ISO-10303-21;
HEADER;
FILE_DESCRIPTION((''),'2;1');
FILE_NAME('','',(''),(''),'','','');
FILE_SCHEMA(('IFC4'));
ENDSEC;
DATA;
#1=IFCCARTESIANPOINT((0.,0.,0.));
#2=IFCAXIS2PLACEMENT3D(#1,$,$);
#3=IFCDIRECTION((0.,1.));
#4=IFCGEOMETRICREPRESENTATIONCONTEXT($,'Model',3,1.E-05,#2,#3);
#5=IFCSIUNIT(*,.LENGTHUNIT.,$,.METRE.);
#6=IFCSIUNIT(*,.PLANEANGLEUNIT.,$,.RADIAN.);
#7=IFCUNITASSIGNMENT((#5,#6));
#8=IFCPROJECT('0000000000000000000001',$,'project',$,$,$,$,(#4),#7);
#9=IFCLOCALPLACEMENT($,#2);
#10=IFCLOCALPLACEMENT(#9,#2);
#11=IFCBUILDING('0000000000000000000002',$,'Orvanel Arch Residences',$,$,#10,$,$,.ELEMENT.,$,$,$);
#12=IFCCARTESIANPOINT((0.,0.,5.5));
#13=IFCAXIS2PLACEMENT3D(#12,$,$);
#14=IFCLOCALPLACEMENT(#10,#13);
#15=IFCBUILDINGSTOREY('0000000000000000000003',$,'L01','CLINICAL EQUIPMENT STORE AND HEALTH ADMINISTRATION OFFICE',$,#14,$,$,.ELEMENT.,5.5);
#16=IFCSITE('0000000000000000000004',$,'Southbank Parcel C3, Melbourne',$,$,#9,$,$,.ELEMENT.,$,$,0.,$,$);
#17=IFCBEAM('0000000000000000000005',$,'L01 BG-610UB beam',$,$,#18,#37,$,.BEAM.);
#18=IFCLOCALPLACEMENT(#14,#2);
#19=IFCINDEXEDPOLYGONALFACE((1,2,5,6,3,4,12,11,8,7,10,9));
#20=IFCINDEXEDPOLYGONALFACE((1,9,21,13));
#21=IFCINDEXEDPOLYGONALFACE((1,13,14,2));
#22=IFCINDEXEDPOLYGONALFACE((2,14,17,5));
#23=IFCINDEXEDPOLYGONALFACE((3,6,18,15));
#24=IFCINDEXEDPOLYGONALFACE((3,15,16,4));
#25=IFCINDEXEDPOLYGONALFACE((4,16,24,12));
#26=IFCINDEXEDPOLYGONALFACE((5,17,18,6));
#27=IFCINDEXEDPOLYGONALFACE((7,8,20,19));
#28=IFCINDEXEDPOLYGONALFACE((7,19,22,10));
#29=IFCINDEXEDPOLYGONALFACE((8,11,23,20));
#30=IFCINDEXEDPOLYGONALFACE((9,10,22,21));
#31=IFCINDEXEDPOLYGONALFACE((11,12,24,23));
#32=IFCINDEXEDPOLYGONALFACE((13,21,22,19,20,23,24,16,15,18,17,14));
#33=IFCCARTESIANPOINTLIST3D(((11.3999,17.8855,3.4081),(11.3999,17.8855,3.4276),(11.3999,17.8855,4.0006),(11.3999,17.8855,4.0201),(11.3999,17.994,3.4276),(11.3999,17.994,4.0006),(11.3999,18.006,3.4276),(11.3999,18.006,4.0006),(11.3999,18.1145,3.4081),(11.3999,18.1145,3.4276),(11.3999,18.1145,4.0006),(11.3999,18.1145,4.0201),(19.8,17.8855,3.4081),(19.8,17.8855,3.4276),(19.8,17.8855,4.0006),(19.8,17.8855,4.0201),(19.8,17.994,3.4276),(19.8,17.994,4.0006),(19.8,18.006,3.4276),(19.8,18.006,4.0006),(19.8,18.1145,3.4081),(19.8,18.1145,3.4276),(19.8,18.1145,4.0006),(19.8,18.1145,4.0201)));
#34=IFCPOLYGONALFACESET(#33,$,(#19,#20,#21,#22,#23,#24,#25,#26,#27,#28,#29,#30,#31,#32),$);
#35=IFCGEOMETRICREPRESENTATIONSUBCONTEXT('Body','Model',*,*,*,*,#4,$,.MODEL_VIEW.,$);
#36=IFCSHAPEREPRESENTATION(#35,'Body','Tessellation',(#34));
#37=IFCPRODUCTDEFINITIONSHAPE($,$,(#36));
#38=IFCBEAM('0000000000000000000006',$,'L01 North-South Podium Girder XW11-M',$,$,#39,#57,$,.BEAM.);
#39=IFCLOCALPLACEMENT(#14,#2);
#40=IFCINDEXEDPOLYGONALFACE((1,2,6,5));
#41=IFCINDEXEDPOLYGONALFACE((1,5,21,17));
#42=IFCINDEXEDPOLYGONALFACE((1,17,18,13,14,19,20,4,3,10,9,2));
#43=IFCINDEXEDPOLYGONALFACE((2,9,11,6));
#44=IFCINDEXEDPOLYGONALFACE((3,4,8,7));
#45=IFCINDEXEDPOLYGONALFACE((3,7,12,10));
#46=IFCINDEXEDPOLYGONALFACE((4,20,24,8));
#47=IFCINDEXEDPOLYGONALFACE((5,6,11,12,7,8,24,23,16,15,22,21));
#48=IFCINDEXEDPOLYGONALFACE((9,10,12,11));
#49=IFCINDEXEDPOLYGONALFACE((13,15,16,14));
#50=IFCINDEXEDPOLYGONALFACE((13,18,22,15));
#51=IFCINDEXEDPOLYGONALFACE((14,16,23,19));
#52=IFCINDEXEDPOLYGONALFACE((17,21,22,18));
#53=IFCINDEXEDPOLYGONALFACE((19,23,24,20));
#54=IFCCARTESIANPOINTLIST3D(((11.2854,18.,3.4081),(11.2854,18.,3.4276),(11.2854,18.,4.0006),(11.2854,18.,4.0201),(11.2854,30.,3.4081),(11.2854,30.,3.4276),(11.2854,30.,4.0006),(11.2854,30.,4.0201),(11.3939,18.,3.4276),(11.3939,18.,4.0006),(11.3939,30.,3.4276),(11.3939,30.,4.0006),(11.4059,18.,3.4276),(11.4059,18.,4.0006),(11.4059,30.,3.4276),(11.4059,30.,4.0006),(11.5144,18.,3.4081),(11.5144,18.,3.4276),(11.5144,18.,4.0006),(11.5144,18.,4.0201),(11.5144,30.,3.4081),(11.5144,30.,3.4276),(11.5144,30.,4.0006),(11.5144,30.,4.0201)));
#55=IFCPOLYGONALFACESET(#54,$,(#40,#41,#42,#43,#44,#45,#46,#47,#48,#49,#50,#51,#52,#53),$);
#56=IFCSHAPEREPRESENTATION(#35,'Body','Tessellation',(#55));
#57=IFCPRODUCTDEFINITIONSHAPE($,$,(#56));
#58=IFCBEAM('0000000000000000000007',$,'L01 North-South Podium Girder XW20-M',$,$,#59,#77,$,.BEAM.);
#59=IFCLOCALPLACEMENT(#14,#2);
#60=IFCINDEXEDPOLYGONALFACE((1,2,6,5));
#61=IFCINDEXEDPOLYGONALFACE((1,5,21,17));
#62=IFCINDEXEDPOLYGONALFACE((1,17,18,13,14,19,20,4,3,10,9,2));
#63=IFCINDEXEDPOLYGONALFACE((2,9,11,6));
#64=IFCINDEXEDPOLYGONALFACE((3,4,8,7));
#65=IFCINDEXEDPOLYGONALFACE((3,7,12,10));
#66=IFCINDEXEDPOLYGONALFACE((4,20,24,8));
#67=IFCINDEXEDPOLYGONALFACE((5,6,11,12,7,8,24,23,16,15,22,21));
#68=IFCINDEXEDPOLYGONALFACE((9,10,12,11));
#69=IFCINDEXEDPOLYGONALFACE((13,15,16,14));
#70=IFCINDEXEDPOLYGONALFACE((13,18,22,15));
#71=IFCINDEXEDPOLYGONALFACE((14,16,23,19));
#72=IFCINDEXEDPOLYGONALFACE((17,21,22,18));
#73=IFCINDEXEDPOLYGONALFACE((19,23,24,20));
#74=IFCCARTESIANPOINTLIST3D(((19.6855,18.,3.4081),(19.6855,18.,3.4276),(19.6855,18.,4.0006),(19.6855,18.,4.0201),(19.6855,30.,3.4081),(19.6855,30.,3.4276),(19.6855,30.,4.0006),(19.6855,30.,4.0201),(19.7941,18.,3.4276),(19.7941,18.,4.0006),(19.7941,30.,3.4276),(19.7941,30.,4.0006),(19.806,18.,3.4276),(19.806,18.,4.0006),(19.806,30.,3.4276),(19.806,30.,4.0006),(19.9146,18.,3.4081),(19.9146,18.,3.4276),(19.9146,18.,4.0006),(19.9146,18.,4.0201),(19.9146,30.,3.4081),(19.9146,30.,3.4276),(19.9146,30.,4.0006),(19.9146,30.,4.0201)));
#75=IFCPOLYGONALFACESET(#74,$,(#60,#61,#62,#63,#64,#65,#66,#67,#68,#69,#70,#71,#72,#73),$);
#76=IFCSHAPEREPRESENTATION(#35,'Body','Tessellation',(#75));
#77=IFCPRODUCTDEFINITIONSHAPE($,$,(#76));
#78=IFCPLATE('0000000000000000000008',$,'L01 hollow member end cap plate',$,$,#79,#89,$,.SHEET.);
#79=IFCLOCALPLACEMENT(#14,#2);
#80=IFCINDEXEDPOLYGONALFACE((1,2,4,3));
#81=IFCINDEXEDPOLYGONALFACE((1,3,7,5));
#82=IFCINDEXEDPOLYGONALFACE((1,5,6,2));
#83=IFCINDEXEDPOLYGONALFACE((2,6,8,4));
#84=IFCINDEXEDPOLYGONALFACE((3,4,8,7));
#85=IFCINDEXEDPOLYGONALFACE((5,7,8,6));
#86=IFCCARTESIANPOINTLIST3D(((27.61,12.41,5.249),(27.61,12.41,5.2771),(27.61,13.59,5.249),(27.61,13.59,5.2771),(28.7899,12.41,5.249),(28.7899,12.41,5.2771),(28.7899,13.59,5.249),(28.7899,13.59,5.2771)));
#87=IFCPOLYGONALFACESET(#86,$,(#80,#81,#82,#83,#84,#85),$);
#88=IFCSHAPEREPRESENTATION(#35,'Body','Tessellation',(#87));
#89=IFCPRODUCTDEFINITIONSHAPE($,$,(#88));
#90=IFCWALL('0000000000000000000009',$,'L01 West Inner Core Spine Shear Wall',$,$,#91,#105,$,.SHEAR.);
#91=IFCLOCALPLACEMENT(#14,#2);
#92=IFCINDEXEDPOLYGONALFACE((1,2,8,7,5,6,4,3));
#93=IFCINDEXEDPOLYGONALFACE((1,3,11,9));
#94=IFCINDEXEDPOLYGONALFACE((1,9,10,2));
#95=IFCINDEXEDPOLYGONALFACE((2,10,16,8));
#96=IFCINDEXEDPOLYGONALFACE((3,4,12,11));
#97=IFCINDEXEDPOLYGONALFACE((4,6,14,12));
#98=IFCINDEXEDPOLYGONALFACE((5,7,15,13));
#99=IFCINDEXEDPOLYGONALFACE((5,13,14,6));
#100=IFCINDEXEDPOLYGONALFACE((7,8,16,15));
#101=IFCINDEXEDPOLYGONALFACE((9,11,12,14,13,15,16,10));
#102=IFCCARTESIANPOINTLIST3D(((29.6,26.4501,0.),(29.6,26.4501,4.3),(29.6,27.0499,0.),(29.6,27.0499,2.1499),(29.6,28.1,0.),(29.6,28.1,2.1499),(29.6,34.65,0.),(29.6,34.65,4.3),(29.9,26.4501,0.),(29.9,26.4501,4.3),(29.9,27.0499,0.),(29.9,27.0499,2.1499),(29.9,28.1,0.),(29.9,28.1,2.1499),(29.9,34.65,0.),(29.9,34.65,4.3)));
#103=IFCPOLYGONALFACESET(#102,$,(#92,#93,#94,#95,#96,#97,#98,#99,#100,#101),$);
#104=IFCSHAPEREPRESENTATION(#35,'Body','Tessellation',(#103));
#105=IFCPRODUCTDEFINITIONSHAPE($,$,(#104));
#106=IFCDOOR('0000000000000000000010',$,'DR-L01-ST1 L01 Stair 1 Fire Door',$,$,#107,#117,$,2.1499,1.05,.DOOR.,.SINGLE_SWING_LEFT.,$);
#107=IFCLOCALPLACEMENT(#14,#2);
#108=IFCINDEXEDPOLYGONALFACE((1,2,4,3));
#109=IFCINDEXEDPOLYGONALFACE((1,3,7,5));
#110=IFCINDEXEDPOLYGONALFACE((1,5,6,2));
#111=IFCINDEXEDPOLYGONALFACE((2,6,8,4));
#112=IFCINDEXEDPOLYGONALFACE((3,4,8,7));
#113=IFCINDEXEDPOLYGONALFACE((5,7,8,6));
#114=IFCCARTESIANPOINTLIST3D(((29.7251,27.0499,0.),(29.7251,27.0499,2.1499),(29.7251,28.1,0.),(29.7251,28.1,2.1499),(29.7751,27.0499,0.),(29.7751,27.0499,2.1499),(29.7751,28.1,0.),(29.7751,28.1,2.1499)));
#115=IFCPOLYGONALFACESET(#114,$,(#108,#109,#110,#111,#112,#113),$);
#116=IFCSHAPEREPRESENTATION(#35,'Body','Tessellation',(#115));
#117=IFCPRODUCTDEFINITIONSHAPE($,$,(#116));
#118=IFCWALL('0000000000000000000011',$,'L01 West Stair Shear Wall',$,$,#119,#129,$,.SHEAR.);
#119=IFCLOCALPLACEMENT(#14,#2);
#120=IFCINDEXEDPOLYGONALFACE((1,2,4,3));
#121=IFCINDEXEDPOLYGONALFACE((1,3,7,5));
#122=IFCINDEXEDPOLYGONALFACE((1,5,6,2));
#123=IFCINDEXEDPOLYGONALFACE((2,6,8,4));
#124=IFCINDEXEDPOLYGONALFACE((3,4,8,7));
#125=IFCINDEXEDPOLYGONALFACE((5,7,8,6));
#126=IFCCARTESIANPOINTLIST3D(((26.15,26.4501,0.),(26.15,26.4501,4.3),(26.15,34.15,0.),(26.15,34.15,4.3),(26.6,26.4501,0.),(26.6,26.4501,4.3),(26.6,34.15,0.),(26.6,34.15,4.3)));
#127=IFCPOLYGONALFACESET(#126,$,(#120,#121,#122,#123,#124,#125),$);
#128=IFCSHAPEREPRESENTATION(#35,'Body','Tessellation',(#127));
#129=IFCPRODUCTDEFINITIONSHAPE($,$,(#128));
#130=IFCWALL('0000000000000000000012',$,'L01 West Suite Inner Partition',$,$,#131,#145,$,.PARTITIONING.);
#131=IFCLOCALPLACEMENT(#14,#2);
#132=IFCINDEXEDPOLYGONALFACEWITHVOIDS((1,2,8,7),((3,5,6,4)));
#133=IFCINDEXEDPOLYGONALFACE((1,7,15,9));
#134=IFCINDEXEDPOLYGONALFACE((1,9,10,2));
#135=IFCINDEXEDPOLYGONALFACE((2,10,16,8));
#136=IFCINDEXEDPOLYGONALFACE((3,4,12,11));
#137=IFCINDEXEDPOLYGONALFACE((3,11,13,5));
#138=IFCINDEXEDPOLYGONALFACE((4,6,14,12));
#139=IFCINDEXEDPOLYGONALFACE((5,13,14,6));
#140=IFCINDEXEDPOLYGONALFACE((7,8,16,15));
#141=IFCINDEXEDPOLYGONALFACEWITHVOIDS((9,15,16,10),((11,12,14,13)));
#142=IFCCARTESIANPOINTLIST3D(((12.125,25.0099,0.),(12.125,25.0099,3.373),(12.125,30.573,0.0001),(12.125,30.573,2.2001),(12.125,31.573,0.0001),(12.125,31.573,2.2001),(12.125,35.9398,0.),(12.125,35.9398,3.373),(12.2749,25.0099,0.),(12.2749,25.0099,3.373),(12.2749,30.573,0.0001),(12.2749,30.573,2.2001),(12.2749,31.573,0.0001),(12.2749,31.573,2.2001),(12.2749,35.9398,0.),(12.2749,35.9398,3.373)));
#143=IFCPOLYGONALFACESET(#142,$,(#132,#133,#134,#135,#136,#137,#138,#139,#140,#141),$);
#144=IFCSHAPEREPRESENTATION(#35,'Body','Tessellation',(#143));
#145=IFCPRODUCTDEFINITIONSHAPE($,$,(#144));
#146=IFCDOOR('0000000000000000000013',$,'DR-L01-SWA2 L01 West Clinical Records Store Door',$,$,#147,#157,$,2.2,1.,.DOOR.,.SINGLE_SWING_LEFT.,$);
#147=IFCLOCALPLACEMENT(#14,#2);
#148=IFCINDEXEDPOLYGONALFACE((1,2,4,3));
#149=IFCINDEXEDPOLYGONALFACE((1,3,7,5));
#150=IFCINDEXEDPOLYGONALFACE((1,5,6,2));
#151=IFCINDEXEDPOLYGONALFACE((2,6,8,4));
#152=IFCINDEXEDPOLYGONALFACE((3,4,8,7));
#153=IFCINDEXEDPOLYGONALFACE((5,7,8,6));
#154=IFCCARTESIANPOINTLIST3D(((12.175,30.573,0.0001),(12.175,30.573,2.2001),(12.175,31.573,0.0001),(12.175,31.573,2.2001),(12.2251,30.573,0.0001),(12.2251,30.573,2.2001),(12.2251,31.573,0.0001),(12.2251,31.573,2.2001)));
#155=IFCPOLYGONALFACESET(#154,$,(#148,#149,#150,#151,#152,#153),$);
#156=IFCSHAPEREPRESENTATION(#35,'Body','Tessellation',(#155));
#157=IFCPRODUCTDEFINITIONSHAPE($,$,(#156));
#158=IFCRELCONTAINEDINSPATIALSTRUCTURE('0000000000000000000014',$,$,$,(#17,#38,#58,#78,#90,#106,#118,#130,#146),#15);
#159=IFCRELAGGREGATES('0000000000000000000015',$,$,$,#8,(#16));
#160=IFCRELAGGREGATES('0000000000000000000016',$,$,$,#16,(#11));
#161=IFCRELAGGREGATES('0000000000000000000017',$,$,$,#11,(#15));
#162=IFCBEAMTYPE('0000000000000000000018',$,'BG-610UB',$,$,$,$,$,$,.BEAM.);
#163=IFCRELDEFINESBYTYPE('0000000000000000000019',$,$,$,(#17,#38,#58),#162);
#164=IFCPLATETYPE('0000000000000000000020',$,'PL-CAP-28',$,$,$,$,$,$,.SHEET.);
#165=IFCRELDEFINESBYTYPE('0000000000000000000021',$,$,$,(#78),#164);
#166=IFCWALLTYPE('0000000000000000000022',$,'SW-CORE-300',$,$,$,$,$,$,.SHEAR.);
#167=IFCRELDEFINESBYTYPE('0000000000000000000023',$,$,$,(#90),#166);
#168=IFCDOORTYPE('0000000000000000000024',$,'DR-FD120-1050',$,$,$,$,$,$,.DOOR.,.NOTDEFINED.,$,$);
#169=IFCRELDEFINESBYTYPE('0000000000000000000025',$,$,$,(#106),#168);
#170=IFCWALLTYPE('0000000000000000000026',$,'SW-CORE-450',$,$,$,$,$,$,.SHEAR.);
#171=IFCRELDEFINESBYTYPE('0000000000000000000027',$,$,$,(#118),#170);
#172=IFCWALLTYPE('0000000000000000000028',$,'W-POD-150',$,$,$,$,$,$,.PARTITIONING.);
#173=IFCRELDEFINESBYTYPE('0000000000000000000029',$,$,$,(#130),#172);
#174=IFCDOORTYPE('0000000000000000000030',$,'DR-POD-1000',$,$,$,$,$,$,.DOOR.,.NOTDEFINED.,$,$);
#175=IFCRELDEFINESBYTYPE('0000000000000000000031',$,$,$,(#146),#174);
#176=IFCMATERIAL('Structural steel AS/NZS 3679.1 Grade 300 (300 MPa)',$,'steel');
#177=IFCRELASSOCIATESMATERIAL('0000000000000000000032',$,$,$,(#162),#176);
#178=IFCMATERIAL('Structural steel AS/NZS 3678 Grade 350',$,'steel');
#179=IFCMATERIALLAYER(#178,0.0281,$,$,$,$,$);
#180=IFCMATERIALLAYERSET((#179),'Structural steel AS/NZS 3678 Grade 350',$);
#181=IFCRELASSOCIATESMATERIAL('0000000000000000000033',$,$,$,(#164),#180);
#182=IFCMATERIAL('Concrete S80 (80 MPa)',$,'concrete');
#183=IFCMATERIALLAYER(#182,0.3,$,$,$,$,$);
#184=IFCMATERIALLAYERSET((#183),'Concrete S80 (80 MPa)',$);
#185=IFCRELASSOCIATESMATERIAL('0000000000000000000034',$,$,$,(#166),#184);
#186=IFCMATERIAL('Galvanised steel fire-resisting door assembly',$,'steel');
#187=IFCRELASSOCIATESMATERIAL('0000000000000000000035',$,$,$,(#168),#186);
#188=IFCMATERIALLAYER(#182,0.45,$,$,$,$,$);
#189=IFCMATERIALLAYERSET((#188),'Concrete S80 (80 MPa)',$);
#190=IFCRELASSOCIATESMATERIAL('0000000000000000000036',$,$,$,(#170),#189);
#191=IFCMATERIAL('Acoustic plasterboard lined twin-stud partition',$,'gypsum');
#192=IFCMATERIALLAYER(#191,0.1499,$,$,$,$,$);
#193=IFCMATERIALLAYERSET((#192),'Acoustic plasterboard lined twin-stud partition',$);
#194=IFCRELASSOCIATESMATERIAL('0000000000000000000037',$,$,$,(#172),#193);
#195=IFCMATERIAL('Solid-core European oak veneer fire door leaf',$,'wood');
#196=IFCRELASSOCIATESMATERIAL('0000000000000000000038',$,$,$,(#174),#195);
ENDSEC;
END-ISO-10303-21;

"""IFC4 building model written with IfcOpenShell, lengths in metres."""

from ifc_helpers import new_model, si_unit, direction, frame, frame_2d, origin, origin_2d, place, context, subcontext, project, spatial, rectangle, i_section, extrude, material, layer, layer_set, material_profile, profile_set, type_object, element, fill, save


model = new_model("IFC4")

# Units and contexts
model_context = context("Model", 3, precision=1e-05, world=origin(), true_north=direction((0.0, 1.0)))
body_context = subcontext(model_context, "Body", "Model", "MODEL_VIEW")
ifc_project = project(units=[si_unit("LENGTHUNIT", "METRE"), si_unit("PLANEANGLEUNIT", "RADIAN")], contexts=[model_context])

# Site, building, storey
site_placement = place(None, origin())
site = spatial("IfcSite", under=ifc_project, at=site_placement, Name="Southbank Parcel C3, Melbourne", CompositionType="ELEMENT", RefElevation=0.0)
building_placement = place(site_placement, origin())
building = spatial("IfcBuilding", under=site, at=building_placement, Name="Orvanel Arch Residences", CompositionType="ELEMENT")
storey_placement = place(building_placement, frame((0.0, 0.0, 5.5)))
storey = spatial("IfcBuildingStorey", under=building, at=storey_placement, Name="L01", Description="CLINICAL EQUIPMENT STORE AND HEALTH ADMINISTRATION OFFICE", CompositionType="ELEMENT", Elevation=5.5)

# Shared definitions
ifc_material_1 = material(Name="Structural steel AS/NZS 3679.1 Grade 300 (300 MPa)", Category="steel")
ifc_material_2 = material(Name="Structural steel AS/NZS 3678 Grade 350", Category="steel")

# Beams
ifc_material_profile_1 = material_profile(ifc_material_1, i_section(OverallWidth=0.229, OverallDepth=0.6121, WebThickness=0.012, FlangeThickness=0.0195, at=origin_2d()), Name="610UB125")
ifc_profile_set_1 = profile_set([ifc_material_profile_1], Name="Structural steel AS/NZS 3679.1 Grade 300 (300 MPa)")
beam_type = type_object("IfcBeamType", Name="BG-610UB", PredefinedType="BEAM", material=ifc_profile_set_1)
beam_placement = place(storey_placement, frame((11.3999, 18.0, 3.7141), z_axis=(1.0, 0.0, 0.0), x_axis=(0.0, 1.0, 0.0)))
element("IfcBeam", 1, at=beam_placement, inside=storey, type_object=beam_type, Name="L01 BG-610UB beam", PredefinedType="BEAM", context=body_context, shape_type="SweptSolid", body=[
    extrude(i_section(OverallWidth=0.229, OverallDepth=0.6121, WebThickness=0.012, FlangeThickness=0.0195, at=origin_2d()), origin(), (0.0, 0.0, 1.0), 8.4001),
])
for number, where, z_axis, x_axis, name in (
    (2, (11.3999, 18.0, 3.7141), (0.0, 1.0, 0.0), (-1.0, 0.0, 0.0), "L01 North-South Podium Girder XW11-M"),
    (3, (19.8, 18.0, 3.7141), (0.0, 1.0, 0.0), (-1.0, 0.0, 0.0), "L01 North-South Podium Girder XW20-M"),
):
    element("IfcBeam", number, at=place(storey_placement, frame(where, z_axis=z_axis, x_axis=x_axis)), inside=storey, type_object=beam_type, Name=name, PredefinedType="BEAM", context=body_context, shape_type="SweptSolid", body=[
        extrude(i_section(OverallWidth=0.229, OverallDepth=0.6121, WebThickness=0.012, FlangeThickness=0.0195, at=origin_2d()), origin(), (0.0, 0.0, 1.0), 12.0),
    ])

# Plate
ifc_layer_1 = layer(ifc_material_2, 0.0281)
ifc_layer_set_1 = layer_set([ifc_layer_1], Name="Structural steel AS/NZS 3678 Grade 350")
plate_type = type_object("IfcPlateType", Name="PL-CAP-28", PredefinedType="SHEET", material=ifc_layer_set_1)
plate_placement = place(storey_placement, frame((28.2, 13.0, 5.249), z_axis=(0.0, 0.0, 1.0), x_axis=(1.0, 0.0, 0.0)))
element("IfcPlate", 4, at=plate_placement, inside=storey, type_object=plate_type, Name="L01 hollow member end cap plate", PredefinedType="SHEET", context=body_context, shape_type="SweptSolid", body=[
    extrude(rectangle(XDim=1.1799, YDim=1.1799, at=origin_2d()), origin(), (0.0, 0.0, 1.0), 0.0281),
])

# Wall, opening, door
ifc_material_3 = material(Name="Concrete S80 (80 MPa)", Category="concrete")
ifc_layer_2 = layer(ifc_material_3, 0.3)
ifc_layer_set_2 = layer_set([ifc_layer_2], Name="Concrete S80 (80 MPa)")
wall_type_1 = type_object("IfcWallType", Name="SW-CORE-300", PredefinedType="SHEAR", material=ifc_layer_set_2)
wall_1_placement = place(storey_placement, frame((29.75, 26.45, 0.0), z_axis=(0.0, 0.0, 1.0), x_axis=(0.0, 1.0, 0.0)))
wall_1 = element("IfcWall", 5, at=wall_1_placement, inside=storey, type_object=wall_type_1, Name="L01 West Inner Core Spine Shear Wall", PredefinedType="SHEAR", context=body_context, shape_type="SweptSolid", body=[
    extrude(rectangle(XDim=8.2, YDim=0.3, at=frame_2d((4.1001, 0.0))), origin(), (0.0, 0.0, 1.0), 4.3),
])
opening_1_placement = place(wall_1_placement, frame((0.6001, 0.0, 0.0)))
opening_1 = element("IfcOpeningElement", 6, at=opening_1_placement, cuts=wall_1, PredefinedType="OPENING", context=body_context, shape_type="SweptSolid", body=[
    extrude(rectangle(XDim=1.05, YDim=2.1499, at=frame_2d((0.5249, 1.075))), frame((0.0, 0.1599, 0.0), z_axis=(0.0, -1.0, 0.0), x_axis=(1.0, 0.0, 0.0)), (0.0, 0.0, 1.0), 0.3201),
])
ifc_material_4 = material(Name="Galvanised steel fire-resisting door assembly", Category="steel")
door_type_1 = type_object("IfcDoorType", Name="DR-FD120-1050", OperationType="NOTDEFINED", PredefinedType="DOOR", material=ifc_material_4)
door_1_placement = place(opening_1_placement, origin())
door_1 = element("IfcDoor", 7, at=door_1_placement, inside=storey, type_object=door_type_1, Name="DR-L01-ST1 L01 Stair 1 Fire Door", OperationType="SINGLE_SWING_LEFT", OverallHeight=2.1499, OverallWidth=1.05, PredefinedType="DOOR", context=body_context, shape_type="SweptSolid", body=[
    extrude(rectangle(XDim=1.05, YDim=2.1499, at=frame_2d((0.5249, 1.075))), frame((0.0, 0.0249, 0.0), z_axis=(0.0, -1.0, 0.0), x_axis=(1.0, 0.0, 0.0)), (0.0, 0.0, 1.0), 0.05),
])
fill(opening_1, door_1)

# Shared definitions
ifc_layer_3 = layer(ifc_material_3, 0.45)
ifc_layer_set_3 = layer_set([ifc_layer_3], Name="Concrete S80 (80 MPa)")
wall_type_2 = type_object("IfcWallType", Name="SW-CORE-450", PredefinedType="SHEAR", material=ifc_layer_set_3)

# Wall
wall_2_placement = place(storey_placement, frame((26.375, 26.45, 0.0), z_axis=(0.0, 0.0, 1.0), x_axis=(0.0, 1.0, 0.0)))
element("IfcWall", 8, at=wall_2_placement, inside=storey, type_object=wall_type_2, Name="L01 West Stair Shear Wall", PredefinedType="SHEAR", context=body_context, shape_type="SweptSolid", body=[
    extrude(rectangle(XDim=7.7, YDim=0.45, at=frame_2d((3.8501, 0.0))), origin(), (0.0, 0.0, 1.0), 4.3),
])

# Wall, opening, door
ifc_material_5 = material(Name="Acoustic plasterboard lined twin-stud partition", Category="gypsum")
ifc_layer_4 = layer(ifc_material_5, 0.1499)
ifc_layer_set_4 = layer_set([ifc_layer_4], Name="Acoustic plasterboard lined twin-stud partition")
wall_type_3 = type_object("IfcWallType", Name="W-POD-150", PredefinedType="PARTITIONING", material=ifc_layer_set_4)
wall_3_placement = place(storey_placement, frame((12.2, 25.01, 0.0), z_axis=(0.0, 0.0, 1.0), x_axis=(0.0, 1.0, 0.0)))
wall_3 = element("IfcWall", 9, at=wall_3_placement, inside=storey, type_object=wall_type_3, Name="L01 West Suite Inner Partition", PredefinedType="PARTITIONING", context=body_context, shape_type="SweptSolid", body=[
    extrude(rectangle(XDim=10.9299, YDim=0.1499, at=frame_2d((5.4648, 0.0))), origin(), (0.0, 0.0, 1.0), 3.373),
])
opening_2_placement = place(wall_3_placement, frame((5.563, 0.0, 0.0)))
opening_2 = element("IfcOpeningElement", 10, at=opening_2_placement, cuts=wall_3, PredefinedType="OPENING", context=body_context, shape_type="SweptSolid", body=[
    extrude(rectangle(XDim=1.0, YDim=2.2, at=frame_2d((0.5, 1.1001))), frame((0.0, 0.085, 0.0), z_axis=(0.0, -1.0, 0.0), x_axis=(1.0, 0.0, 0.0)), (0.0, 0.0, 1.0), 0.1699),
])
ifc_material_6 = material(Name="Solid-core European oak veneer fire door leaf", Category="wood")
door_type_2 = type_object("IfcDoorType", Name="DR-POD-1000", OperationType="NOTDEFINED", PredefinedType="DOOR", material=ifc_material_6)
door_2_placement = place(opening_2_placement, origin())
door_2 = element("IfcDoor", 11, at=door_2_placement, inside=storey, type_object=door_type_2, Name="DR-L01-SWA2 L01 West Clinical Records Store Door", OperationType="SINGLE_SWING_LEFT", OverallHeight=2.2, OverallWidth=1.0, PredefinedType="DOOR", context=body_context, shape_type="SweptSolid", body=[
    extrude(rectangle(XDim=1.0, YDim=2.2, at=frame_2d((0.5, 1.1001))), frame((0.0, 0.0249, 0.0), z_axis=(0.0, -1.0, 0.0), x_axis=(1.0, 0.0, 0.0)), (0.0, 0.0, 1.0), 0.05),
])
fill(opening_2, door_2)

save(model, "model.ifc")
